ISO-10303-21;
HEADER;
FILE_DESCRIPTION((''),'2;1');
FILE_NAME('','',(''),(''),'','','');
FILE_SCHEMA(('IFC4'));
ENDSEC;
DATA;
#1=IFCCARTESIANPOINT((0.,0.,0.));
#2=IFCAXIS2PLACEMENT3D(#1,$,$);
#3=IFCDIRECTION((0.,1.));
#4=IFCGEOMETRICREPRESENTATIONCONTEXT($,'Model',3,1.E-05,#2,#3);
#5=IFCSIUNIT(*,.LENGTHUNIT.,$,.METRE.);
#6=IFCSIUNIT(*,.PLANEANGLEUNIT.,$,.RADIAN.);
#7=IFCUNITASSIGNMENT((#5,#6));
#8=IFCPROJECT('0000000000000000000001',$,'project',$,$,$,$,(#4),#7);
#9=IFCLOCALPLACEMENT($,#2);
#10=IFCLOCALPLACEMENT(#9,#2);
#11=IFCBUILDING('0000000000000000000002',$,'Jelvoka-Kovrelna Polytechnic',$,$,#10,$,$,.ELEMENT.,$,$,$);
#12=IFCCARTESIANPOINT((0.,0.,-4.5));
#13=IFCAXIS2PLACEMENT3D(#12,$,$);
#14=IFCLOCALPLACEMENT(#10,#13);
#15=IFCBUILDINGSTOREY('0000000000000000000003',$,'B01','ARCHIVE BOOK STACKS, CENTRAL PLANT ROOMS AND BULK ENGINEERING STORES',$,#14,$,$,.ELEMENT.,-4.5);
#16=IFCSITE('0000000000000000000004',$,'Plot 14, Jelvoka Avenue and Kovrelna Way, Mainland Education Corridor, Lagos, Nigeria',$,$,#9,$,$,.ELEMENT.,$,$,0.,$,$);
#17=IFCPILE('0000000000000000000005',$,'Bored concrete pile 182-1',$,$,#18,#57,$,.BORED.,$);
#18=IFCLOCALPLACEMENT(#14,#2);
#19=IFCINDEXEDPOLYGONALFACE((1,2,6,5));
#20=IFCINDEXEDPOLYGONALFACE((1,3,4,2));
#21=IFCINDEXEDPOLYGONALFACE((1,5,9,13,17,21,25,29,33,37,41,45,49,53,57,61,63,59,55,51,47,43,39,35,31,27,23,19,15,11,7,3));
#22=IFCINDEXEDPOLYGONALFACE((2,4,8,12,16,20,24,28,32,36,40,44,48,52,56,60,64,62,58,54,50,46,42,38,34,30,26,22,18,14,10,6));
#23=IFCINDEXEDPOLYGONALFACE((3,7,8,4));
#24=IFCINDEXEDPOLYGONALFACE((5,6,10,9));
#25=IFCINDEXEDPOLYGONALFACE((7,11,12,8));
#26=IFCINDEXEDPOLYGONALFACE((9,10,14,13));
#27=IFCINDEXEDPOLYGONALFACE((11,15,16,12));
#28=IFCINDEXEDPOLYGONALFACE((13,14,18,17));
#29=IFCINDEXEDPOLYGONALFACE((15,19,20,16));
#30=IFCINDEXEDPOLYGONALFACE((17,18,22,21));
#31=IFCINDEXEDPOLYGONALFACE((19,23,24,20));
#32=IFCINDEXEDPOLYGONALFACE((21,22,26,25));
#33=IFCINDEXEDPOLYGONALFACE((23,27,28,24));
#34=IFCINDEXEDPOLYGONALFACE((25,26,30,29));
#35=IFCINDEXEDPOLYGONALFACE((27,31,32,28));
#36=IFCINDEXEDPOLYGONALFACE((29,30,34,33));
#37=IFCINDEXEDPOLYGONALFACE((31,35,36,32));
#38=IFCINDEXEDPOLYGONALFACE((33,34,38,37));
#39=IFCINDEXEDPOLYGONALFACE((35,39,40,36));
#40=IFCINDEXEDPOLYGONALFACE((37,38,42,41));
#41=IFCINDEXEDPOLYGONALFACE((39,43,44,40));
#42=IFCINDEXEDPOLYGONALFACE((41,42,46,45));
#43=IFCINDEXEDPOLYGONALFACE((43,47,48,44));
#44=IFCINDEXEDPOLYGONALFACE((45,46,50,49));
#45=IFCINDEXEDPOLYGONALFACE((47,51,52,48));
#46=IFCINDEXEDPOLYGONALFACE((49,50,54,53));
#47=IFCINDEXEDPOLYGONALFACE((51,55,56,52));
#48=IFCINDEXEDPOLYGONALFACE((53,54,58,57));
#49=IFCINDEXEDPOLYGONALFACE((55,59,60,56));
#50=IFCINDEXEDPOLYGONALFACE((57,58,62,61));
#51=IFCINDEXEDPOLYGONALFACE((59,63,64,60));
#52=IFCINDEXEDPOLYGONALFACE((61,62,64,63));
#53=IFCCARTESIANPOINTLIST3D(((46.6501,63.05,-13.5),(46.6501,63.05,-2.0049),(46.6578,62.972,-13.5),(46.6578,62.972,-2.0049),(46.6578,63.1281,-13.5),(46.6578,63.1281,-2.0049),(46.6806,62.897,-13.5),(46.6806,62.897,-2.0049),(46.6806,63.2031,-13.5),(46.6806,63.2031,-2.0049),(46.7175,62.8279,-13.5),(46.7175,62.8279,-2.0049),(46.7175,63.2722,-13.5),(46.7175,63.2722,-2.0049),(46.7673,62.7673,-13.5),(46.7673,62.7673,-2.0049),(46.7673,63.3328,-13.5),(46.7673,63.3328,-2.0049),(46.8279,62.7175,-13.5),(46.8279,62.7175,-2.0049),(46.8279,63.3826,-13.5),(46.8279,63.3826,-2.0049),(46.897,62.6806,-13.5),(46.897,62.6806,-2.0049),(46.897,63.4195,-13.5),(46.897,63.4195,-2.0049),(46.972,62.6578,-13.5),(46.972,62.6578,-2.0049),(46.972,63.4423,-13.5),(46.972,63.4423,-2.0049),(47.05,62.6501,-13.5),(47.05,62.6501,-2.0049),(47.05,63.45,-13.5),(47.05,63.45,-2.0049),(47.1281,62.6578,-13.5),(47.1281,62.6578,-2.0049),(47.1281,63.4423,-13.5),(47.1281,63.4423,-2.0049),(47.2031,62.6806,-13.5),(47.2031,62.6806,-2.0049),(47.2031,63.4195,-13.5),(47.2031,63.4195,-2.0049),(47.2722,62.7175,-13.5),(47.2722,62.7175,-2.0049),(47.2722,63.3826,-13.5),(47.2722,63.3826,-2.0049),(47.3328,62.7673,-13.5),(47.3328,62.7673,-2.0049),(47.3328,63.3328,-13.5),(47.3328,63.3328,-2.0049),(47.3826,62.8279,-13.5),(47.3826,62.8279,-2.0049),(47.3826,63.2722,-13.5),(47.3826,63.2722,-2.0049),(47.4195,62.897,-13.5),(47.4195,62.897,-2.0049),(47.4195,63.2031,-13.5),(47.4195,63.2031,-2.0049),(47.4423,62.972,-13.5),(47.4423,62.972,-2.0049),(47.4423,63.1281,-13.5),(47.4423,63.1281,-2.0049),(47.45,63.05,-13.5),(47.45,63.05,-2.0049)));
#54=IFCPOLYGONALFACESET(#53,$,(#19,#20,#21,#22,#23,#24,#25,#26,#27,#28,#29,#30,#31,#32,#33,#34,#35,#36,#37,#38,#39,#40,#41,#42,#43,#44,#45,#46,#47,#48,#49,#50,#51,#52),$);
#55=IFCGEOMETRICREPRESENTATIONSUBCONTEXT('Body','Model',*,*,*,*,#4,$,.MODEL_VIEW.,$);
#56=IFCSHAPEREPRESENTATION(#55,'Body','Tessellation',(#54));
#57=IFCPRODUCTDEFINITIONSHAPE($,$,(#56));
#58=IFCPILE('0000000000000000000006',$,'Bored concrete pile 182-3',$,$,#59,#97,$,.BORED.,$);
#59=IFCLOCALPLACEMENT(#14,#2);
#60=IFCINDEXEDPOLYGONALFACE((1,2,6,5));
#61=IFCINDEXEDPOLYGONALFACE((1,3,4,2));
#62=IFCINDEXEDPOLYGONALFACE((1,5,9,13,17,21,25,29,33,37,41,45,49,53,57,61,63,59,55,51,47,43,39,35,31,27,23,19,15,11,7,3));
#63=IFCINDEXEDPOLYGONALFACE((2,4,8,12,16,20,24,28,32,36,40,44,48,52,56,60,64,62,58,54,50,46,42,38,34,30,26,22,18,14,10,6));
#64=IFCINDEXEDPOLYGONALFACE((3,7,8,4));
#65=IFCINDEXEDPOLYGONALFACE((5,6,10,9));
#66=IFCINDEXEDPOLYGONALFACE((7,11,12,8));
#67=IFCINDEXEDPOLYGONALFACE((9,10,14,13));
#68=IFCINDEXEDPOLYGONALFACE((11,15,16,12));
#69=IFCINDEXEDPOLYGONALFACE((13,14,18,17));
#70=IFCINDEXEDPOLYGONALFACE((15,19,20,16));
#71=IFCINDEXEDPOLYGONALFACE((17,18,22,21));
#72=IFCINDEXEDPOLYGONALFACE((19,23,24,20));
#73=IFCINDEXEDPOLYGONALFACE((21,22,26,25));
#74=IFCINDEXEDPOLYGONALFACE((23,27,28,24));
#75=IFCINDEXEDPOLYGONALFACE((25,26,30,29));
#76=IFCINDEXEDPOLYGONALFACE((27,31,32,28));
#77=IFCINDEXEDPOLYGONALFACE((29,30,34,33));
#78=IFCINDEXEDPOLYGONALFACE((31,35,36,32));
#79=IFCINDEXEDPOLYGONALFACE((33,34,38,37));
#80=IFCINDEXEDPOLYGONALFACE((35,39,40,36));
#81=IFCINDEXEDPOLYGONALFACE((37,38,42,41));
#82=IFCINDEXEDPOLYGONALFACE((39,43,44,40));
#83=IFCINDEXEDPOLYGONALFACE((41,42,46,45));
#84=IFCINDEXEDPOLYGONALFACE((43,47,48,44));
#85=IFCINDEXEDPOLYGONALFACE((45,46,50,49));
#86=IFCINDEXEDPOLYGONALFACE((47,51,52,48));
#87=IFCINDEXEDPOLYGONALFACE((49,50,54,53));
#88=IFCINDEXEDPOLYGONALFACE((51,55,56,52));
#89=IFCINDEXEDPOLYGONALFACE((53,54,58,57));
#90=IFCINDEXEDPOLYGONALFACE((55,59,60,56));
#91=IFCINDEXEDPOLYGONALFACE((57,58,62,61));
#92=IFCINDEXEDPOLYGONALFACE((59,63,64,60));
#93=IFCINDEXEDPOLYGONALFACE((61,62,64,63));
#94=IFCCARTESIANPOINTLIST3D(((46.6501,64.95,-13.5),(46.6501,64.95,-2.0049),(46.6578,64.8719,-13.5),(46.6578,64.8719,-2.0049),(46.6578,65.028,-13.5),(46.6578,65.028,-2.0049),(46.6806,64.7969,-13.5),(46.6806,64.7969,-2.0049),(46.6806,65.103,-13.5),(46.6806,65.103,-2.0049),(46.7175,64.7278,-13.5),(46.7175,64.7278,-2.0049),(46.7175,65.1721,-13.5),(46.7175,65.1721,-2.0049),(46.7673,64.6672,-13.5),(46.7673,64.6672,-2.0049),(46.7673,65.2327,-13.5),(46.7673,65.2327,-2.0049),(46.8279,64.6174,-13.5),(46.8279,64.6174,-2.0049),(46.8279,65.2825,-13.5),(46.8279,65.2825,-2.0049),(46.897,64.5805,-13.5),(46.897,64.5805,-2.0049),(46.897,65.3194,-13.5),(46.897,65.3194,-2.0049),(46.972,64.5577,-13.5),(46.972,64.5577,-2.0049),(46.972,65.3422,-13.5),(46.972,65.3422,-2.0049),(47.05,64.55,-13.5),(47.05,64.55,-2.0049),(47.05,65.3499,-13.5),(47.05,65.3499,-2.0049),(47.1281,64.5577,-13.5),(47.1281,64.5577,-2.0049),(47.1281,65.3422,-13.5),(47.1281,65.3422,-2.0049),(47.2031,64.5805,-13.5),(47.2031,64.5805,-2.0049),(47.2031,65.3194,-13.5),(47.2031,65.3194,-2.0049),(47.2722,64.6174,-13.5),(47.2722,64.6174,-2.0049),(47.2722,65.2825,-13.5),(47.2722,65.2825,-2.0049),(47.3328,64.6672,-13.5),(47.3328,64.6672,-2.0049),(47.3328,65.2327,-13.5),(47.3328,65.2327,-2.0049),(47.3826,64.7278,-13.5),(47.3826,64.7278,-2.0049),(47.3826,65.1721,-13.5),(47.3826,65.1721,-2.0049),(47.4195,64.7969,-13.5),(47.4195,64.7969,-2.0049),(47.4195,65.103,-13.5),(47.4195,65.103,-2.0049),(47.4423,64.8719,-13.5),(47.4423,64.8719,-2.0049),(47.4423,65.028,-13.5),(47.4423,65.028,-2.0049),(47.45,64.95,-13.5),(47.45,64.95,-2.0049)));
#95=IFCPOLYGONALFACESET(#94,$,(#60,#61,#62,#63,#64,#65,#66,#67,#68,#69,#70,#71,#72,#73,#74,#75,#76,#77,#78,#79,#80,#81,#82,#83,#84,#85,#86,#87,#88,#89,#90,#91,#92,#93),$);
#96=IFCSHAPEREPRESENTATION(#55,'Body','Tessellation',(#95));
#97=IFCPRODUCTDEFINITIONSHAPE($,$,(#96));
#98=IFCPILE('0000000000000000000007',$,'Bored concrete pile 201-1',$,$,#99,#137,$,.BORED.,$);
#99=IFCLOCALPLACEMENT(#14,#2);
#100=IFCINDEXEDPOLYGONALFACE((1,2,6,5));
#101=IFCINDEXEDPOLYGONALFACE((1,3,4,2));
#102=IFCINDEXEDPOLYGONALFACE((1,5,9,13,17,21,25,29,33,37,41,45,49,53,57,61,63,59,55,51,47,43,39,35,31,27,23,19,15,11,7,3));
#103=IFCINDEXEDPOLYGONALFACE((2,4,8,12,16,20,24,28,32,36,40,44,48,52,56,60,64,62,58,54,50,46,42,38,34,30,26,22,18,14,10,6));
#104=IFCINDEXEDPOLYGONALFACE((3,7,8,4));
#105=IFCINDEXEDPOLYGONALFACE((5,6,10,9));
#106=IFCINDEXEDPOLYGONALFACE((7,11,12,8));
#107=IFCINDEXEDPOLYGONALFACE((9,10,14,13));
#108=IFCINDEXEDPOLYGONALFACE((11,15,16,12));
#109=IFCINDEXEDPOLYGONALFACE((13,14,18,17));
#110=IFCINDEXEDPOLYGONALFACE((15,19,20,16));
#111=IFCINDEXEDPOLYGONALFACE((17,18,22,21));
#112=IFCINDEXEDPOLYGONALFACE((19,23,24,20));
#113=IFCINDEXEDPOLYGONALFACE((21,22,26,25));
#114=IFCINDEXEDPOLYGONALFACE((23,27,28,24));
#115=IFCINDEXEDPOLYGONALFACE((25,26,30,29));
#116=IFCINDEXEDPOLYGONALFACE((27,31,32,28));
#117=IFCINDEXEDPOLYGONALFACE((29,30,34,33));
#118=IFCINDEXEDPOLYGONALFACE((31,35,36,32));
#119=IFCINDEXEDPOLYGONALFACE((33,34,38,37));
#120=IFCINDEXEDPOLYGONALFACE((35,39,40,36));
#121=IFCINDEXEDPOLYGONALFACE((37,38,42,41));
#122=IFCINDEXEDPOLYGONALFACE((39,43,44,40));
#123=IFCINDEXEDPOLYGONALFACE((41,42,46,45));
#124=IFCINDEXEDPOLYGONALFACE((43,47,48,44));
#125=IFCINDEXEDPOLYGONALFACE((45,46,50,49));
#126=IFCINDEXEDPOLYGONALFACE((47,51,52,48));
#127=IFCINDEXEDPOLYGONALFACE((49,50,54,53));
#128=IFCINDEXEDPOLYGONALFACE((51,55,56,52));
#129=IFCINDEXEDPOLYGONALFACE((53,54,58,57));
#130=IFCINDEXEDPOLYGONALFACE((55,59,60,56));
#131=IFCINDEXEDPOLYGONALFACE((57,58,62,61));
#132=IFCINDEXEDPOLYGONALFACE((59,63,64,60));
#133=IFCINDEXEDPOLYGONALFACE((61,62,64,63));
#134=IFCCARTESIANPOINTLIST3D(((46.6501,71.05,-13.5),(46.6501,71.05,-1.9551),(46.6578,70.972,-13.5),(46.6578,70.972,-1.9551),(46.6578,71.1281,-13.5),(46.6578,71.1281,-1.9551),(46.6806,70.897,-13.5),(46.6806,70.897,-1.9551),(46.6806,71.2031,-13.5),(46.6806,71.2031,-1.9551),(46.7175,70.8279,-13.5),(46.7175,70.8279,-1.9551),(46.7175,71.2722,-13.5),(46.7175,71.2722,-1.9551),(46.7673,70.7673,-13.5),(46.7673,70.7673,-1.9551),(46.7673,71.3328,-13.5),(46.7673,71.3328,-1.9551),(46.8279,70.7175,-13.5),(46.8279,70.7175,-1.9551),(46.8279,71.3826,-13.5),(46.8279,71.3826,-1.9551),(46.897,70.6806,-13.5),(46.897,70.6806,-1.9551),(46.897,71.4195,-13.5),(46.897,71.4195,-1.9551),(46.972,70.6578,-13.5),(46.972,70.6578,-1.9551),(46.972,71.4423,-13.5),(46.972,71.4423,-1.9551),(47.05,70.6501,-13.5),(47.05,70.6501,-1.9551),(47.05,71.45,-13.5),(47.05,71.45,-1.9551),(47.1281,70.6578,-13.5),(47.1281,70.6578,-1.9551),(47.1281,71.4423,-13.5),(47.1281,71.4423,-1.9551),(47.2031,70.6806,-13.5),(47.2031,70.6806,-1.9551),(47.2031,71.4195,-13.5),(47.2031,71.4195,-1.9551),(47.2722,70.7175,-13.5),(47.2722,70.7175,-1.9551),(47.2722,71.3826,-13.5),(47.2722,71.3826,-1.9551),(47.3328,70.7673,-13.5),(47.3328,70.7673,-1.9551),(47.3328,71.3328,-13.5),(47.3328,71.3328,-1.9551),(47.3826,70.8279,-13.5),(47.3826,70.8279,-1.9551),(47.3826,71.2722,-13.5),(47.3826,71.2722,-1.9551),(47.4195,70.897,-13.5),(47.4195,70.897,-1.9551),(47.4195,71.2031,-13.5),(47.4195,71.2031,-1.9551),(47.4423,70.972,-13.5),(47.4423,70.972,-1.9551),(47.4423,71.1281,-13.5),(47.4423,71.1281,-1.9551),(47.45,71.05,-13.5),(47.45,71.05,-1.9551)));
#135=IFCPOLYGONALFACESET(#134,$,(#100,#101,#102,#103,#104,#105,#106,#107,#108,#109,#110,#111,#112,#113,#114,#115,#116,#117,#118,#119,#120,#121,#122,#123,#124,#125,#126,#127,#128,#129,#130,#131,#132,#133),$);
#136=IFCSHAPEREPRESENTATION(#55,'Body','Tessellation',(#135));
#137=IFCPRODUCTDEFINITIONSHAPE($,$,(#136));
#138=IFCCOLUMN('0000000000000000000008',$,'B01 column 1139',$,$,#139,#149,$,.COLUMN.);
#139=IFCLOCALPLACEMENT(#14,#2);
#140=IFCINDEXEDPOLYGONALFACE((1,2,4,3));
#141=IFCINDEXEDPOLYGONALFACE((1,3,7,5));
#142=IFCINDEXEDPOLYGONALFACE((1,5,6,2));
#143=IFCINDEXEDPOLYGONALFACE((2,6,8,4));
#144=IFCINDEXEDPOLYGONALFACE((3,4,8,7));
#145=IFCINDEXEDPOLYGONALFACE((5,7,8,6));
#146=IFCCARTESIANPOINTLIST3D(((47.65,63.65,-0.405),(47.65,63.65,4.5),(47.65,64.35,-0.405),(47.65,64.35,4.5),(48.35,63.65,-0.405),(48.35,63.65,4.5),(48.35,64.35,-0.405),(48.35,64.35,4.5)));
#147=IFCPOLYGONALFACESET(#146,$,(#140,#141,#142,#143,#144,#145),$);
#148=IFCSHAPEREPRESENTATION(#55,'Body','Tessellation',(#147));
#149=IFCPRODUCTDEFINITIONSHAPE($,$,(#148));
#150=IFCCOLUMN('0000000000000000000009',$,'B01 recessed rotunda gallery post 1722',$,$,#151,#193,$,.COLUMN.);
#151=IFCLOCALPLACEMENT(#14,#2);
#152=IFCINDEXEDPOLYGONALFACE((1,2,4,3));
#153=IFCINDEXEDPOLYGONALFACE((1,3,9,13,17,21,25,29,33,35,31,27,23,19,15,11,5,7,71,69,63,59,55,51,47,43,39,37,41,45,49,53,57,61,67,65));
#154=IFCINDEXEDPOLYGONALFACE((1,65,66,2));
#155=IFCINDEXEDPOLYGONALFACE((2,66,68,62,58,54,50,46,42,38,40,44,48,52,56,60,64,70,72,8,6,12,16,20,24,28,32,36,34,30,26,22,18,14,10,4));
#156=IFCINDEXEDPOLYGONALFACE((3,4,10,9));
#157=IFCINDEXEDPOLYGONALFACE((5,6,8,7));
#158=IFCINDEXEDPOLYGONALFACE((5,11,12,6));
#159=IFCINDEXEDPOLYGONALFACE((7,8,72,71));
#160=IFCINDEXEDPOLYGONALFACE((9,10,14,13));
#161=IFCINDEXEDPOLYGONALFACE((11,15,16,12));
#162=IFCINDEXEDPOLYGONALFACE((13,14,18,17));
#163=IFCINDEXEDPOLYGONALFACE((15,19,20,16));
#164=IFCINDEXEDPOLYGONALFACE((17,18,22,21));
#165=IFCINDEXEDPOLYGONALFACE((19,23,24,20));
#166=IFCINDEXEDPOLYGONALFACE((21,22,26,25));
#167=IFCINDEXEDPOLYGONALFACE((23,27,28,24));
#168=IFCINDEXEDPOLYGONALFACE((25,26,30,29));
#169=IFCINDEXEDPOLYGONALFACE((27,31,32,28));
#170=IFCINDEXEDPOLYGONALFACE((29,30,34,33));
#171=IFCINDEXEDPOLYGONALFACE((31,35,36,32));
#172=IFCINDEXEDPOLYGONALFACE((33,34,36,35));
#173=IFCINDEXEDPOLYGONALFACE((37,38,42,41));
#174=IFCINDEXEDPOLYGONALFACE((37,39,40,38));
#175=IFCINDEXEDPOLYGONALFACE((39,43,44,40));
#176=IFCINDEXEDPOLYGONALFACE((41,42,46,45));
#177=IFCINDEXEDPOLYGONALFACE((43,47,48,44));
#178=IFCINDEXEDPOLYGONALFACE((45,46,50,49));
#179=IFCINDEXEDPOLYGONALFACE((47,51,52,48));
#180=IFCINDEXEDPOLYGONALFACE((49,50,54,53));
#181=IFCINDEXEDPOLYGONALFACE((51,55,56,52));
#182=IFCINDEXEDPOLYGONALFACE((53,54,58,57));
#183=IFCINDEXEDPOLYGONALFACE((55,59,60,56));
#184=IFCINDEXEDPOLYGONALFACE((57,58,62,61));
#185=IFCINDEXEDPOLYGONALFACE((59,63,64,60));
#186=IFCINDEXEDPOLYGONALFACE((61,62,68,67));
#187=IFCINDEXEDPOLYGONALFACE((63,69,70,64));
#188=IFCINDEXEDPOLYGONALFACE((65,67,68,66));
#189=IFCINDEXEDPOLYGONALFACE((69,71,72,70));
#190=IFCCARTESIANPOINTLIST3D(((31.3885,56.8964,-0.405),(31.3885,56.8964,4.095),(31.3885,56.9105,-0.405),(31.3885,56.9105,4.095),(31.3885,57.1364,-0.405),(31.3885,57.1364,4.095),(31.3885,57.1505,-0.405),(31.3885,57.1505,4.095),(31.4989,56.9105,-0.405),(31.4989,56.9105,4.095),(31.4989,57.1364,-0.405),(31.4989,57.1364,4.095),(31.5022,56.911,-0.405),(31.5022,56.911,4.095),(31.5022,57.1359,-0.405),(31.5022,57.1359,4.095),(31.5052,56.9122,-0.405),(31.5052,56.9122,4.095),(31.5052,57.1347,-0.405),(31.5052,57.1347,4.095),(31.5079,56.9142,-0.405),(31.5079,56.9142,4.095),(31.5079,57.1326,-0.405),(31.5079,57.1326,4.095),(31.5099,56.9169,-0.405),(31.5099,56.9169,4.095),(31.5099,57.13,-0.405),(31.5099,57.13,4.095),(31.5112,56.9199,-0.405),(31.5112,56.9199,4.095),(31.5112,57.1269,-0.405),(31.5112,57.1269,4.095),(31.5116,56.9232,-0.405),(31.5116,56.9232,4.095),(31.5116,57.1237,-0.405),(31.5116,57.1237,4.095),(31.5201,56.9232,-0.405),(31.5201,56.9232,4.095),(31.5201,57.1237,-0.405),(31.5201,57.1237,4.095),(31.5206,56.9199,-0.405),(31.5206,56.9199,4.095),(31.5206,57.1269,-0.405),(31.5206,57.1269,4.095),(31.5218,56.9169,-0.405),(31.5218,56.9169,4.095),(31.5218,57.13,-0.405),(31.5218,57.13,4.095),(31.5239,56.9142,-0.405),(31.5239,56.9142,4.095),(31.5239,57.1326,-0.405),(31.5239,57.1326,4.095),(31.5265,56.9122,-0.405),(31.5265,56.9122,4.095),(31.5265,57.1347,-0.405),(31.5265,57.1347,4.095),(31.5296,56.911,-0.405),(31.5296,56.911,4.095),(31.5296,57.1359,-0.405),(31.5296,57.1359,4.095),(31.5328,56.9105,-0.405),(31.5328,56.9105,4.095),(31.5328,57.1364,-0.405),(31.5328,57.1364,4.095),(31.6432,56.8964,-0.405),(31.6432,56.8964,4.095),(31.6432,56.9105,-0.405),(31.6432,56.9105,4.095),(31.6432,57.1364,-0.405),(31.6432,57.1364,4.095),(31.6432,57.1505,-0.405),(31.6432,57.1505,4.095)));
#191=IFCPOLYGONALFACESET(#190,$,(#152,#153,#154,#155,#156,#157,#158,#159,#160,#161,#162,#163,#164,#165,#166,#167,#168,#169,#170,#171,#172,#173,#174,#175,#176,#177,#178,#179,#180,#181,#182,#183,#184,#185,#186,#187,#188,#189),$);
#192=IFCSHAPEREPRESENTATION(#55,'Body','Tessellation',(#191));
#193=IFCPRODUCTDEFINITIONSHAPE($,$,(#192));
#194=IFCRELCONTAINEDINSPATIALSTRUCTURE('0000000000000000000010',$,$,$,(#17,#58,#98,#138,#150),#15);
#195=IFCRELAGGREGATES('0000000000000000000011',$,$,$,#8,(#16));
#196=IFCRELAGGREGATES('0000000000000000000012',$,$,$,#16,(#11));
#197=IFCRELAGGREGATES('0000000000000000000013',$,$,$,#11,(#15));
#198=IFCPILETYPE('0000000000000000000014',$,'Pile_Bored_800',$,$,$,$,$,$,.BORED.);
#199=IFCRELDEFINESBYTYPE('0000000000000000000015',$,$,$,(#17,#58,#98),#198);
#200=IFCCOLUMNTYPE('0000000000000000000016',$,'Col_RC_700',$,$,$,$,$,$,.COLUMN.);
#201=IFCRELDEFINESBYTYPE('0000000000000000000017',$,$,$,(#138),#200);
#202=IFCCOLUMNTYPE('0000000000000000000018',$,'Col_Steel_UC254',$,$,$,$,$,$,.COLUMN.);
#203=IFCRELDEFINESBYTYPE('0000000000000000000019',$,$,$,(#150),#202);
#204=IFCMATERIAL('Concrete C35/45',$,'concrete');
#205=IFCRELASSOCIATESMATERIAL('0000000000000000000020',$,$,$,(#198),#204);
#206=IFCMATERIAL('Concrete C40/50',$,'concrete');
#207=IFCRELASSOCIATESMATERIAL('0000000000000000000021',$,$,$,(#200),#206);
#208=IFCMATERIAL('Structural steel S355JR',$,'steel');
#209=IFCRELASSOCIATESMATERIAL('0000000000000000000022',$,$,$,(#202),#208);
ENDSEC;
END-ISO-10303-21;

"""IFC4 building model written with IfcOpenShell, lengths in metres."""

from ifc_helpers import new_model, si_unit, direction, frame, origin, origin_2d, place, context, subcontext, project, spatial, rectangle, circle, i_section, extrude, material, material_profile, profile_set, type_object, element, save


model = new_model("IFC4")

# Units and contexts
model_context = context("Model", 3, precision=1e-05, world=origin(), true_north=direction((0.0, 1.0)))
body_context = subcontext(model_context, "Body", "Model", "MODEL_VIEW")
ifc_project = project(units=[si_unit("LENGTHUNIT", "METRE"), si_unit("PLANEANGLEUNIT", "RADIAN")], contexts=[model_context])

# Site, building, storey
site_placement = place(None, origin())
site = spatial("IfcSite", under=ifc_project, at=site_placement, Name="Plot 14, Jelvoka Avenue and Kovrelna Way, Mainland Education Corridor, Lagos, Nigeria", CompositionType="ELEMENT", RefElevation=0.0)
building_placement = place(site_placement, origin())
building = spatial("IfcBuilding", under=site, at=building_placement, Name="Jelvoka-Kovrelna Polytechnic", CompositionType="ELEMENT")
storey_placement = place(building_placement, frame((0.0, 0.0, -4.5)))
storey = spatial("IfcBuildingStorey", under=building, at=storey_placement, Name="B01", Description="ARCHIVE BOOK STACKS, CENTRAL PLANT ROOMS AND BULK ENGINEERING STORES", CompositionType="ELEMENT", Elevation=-4.5)

# Piles
ifc_material_1 = material(Name="Concrete C35/45", Category="concrete")
ifc_material_profile_1 = material_profile(ifc_material_1, circle(Radius=0.3999, at=origin_2d()), Name="PILE D800")
ifc_profile_set_1 = profile_set([ifc_material_profile_1], Name="Concrete C35/45")
pile_type = type_object("IfcPileType", Name="Pile_Bored_800", PredefinedType="BORED", material=ifc_profile_set_1)
for number, where, z_axis, x_axis, name in (
    (1, (47.05, 63.05, -2.0049), (0.0, 0.0, -1.0), (1.0, 0.0, 0.0), "Bored concrete pile 182-1"),
    (2, (47.05, 64.95, -2.0049), (0.0, 0.0, -1.0), (1.0, 0.0, 0.0), "Bored concrete pile 182-3"),
):
    element("IfcPile", number, at=place(storey_placement, frame(where, z_axis=z_axis, x_axis=x_axis)), inside=storey, type_object=pile_type, Name=name, PredefinedType="BORED", context=body_context, shape_type="SweptSolid", body=[
        extrude(circle(Radius=0.3999, at=origin_2d()), origin(), (0.0, 0.0, 1.0), 11.4951),
    ])
pile_placement = place(storey_placement, frame((47.05, 71.05, -1.9551), z_axis=(0.0, 0.0, -1.0), x_axis=(1.0, 0.0, 0.0)))
element("IfcPile", 3, at=pile_placement, inside=storey, type_object=pile_type, Name="Bored concrete pile 201-1", PredefinedType="BORED", context=body_context, shape_type="SweptSolid", body=[
    extrude(circle(Radius=0.3999, at=origin_2d()), origin(), (0.0, 0.0, 1.0), 11.5449),
])

# Columns
ifc_material_2 = material(Name="Concrete C40/50", Category="concrete")
ifc_material_profile_2 = material_profile(ifc_material_2, rectangle(XDim=0.7, YDim=0.7, at=origin_2d()), Name="RC 700x700")
ifc_profile_set_2 = profile_set([ifc_material_profile_2], Name="Concrete C40/50")
column_type_1 = type_object("IfcColumnType", Name="Col_RC_700", PredefinedType="COLUMN", material=ifc_profile_set_2)
column_placement = place(storey_placement, frame((48.0, 64.0, -0.405), z_axis=(0.0, 0.0, 1.0), x_axis=(1.0, 0.0, 0.0)))
element("IfcColumn", 4, at=column_placement, inside=storey, type_object=column_type_1, Name="B01 column 1139", PredefinedType="COLUMN", context=body_context, shape_type="SweptSolid", body=[
    extrude(rectangle(XDim=0.7, YDim=0.7, at=origin_2d()), origin(), (0.0, 0.0, 1.0), 4.905),
])
ifc_material_3 = material(Name="Structural steel S355JR", Category="steel")
ifc_material_profile_3 = material_profile(ifc_material_3, i_section(OverallWidth=0.2546, OverallDepth=0.2542, WebThickness=0.0085, FlangeThickness=0.0142, FilletRadius=0.0127, at=origin_2d()), Name="254x254x73 UC")
ifc_profile_set_3 = profile_set([ifc_material_profile_3], Name="Structural steel S355JR")
column_type_2 = type_object("IfcColumnType", Name="Col_Steel_UC254", PredefinedType="COLUMN", material=ifc_profile_set_3)
for number, where, z_axis, x_axis, name in (
    (5, (31.5159, 57.0234, -0.405), (0.0, 0.0, 1.0), (1.0, 0.0, 0.0), "B01 recessed rotunda gallery post 1722"),
):
    element("IfcColumn", number, at=place(storey_placement, frame(where, z_axis=z_axis, x_axis=x_axis)), inside=storey, type_object=column_type_2, Name=name, PredefinedType="COLUMN", context=body_context, shape_type="SweptSolid", body=[
        extrude(i_section(OverallWidth=0.2546, OverallDepth=0.2542, WebThickness=0.0085, FlangeThickness=0.0142, FilletRadius=0.0127, at=origin_2d()), origin(), (0.0, 0.0, 1.0), 4.5),
    ])

save(model, "model.ifc")
